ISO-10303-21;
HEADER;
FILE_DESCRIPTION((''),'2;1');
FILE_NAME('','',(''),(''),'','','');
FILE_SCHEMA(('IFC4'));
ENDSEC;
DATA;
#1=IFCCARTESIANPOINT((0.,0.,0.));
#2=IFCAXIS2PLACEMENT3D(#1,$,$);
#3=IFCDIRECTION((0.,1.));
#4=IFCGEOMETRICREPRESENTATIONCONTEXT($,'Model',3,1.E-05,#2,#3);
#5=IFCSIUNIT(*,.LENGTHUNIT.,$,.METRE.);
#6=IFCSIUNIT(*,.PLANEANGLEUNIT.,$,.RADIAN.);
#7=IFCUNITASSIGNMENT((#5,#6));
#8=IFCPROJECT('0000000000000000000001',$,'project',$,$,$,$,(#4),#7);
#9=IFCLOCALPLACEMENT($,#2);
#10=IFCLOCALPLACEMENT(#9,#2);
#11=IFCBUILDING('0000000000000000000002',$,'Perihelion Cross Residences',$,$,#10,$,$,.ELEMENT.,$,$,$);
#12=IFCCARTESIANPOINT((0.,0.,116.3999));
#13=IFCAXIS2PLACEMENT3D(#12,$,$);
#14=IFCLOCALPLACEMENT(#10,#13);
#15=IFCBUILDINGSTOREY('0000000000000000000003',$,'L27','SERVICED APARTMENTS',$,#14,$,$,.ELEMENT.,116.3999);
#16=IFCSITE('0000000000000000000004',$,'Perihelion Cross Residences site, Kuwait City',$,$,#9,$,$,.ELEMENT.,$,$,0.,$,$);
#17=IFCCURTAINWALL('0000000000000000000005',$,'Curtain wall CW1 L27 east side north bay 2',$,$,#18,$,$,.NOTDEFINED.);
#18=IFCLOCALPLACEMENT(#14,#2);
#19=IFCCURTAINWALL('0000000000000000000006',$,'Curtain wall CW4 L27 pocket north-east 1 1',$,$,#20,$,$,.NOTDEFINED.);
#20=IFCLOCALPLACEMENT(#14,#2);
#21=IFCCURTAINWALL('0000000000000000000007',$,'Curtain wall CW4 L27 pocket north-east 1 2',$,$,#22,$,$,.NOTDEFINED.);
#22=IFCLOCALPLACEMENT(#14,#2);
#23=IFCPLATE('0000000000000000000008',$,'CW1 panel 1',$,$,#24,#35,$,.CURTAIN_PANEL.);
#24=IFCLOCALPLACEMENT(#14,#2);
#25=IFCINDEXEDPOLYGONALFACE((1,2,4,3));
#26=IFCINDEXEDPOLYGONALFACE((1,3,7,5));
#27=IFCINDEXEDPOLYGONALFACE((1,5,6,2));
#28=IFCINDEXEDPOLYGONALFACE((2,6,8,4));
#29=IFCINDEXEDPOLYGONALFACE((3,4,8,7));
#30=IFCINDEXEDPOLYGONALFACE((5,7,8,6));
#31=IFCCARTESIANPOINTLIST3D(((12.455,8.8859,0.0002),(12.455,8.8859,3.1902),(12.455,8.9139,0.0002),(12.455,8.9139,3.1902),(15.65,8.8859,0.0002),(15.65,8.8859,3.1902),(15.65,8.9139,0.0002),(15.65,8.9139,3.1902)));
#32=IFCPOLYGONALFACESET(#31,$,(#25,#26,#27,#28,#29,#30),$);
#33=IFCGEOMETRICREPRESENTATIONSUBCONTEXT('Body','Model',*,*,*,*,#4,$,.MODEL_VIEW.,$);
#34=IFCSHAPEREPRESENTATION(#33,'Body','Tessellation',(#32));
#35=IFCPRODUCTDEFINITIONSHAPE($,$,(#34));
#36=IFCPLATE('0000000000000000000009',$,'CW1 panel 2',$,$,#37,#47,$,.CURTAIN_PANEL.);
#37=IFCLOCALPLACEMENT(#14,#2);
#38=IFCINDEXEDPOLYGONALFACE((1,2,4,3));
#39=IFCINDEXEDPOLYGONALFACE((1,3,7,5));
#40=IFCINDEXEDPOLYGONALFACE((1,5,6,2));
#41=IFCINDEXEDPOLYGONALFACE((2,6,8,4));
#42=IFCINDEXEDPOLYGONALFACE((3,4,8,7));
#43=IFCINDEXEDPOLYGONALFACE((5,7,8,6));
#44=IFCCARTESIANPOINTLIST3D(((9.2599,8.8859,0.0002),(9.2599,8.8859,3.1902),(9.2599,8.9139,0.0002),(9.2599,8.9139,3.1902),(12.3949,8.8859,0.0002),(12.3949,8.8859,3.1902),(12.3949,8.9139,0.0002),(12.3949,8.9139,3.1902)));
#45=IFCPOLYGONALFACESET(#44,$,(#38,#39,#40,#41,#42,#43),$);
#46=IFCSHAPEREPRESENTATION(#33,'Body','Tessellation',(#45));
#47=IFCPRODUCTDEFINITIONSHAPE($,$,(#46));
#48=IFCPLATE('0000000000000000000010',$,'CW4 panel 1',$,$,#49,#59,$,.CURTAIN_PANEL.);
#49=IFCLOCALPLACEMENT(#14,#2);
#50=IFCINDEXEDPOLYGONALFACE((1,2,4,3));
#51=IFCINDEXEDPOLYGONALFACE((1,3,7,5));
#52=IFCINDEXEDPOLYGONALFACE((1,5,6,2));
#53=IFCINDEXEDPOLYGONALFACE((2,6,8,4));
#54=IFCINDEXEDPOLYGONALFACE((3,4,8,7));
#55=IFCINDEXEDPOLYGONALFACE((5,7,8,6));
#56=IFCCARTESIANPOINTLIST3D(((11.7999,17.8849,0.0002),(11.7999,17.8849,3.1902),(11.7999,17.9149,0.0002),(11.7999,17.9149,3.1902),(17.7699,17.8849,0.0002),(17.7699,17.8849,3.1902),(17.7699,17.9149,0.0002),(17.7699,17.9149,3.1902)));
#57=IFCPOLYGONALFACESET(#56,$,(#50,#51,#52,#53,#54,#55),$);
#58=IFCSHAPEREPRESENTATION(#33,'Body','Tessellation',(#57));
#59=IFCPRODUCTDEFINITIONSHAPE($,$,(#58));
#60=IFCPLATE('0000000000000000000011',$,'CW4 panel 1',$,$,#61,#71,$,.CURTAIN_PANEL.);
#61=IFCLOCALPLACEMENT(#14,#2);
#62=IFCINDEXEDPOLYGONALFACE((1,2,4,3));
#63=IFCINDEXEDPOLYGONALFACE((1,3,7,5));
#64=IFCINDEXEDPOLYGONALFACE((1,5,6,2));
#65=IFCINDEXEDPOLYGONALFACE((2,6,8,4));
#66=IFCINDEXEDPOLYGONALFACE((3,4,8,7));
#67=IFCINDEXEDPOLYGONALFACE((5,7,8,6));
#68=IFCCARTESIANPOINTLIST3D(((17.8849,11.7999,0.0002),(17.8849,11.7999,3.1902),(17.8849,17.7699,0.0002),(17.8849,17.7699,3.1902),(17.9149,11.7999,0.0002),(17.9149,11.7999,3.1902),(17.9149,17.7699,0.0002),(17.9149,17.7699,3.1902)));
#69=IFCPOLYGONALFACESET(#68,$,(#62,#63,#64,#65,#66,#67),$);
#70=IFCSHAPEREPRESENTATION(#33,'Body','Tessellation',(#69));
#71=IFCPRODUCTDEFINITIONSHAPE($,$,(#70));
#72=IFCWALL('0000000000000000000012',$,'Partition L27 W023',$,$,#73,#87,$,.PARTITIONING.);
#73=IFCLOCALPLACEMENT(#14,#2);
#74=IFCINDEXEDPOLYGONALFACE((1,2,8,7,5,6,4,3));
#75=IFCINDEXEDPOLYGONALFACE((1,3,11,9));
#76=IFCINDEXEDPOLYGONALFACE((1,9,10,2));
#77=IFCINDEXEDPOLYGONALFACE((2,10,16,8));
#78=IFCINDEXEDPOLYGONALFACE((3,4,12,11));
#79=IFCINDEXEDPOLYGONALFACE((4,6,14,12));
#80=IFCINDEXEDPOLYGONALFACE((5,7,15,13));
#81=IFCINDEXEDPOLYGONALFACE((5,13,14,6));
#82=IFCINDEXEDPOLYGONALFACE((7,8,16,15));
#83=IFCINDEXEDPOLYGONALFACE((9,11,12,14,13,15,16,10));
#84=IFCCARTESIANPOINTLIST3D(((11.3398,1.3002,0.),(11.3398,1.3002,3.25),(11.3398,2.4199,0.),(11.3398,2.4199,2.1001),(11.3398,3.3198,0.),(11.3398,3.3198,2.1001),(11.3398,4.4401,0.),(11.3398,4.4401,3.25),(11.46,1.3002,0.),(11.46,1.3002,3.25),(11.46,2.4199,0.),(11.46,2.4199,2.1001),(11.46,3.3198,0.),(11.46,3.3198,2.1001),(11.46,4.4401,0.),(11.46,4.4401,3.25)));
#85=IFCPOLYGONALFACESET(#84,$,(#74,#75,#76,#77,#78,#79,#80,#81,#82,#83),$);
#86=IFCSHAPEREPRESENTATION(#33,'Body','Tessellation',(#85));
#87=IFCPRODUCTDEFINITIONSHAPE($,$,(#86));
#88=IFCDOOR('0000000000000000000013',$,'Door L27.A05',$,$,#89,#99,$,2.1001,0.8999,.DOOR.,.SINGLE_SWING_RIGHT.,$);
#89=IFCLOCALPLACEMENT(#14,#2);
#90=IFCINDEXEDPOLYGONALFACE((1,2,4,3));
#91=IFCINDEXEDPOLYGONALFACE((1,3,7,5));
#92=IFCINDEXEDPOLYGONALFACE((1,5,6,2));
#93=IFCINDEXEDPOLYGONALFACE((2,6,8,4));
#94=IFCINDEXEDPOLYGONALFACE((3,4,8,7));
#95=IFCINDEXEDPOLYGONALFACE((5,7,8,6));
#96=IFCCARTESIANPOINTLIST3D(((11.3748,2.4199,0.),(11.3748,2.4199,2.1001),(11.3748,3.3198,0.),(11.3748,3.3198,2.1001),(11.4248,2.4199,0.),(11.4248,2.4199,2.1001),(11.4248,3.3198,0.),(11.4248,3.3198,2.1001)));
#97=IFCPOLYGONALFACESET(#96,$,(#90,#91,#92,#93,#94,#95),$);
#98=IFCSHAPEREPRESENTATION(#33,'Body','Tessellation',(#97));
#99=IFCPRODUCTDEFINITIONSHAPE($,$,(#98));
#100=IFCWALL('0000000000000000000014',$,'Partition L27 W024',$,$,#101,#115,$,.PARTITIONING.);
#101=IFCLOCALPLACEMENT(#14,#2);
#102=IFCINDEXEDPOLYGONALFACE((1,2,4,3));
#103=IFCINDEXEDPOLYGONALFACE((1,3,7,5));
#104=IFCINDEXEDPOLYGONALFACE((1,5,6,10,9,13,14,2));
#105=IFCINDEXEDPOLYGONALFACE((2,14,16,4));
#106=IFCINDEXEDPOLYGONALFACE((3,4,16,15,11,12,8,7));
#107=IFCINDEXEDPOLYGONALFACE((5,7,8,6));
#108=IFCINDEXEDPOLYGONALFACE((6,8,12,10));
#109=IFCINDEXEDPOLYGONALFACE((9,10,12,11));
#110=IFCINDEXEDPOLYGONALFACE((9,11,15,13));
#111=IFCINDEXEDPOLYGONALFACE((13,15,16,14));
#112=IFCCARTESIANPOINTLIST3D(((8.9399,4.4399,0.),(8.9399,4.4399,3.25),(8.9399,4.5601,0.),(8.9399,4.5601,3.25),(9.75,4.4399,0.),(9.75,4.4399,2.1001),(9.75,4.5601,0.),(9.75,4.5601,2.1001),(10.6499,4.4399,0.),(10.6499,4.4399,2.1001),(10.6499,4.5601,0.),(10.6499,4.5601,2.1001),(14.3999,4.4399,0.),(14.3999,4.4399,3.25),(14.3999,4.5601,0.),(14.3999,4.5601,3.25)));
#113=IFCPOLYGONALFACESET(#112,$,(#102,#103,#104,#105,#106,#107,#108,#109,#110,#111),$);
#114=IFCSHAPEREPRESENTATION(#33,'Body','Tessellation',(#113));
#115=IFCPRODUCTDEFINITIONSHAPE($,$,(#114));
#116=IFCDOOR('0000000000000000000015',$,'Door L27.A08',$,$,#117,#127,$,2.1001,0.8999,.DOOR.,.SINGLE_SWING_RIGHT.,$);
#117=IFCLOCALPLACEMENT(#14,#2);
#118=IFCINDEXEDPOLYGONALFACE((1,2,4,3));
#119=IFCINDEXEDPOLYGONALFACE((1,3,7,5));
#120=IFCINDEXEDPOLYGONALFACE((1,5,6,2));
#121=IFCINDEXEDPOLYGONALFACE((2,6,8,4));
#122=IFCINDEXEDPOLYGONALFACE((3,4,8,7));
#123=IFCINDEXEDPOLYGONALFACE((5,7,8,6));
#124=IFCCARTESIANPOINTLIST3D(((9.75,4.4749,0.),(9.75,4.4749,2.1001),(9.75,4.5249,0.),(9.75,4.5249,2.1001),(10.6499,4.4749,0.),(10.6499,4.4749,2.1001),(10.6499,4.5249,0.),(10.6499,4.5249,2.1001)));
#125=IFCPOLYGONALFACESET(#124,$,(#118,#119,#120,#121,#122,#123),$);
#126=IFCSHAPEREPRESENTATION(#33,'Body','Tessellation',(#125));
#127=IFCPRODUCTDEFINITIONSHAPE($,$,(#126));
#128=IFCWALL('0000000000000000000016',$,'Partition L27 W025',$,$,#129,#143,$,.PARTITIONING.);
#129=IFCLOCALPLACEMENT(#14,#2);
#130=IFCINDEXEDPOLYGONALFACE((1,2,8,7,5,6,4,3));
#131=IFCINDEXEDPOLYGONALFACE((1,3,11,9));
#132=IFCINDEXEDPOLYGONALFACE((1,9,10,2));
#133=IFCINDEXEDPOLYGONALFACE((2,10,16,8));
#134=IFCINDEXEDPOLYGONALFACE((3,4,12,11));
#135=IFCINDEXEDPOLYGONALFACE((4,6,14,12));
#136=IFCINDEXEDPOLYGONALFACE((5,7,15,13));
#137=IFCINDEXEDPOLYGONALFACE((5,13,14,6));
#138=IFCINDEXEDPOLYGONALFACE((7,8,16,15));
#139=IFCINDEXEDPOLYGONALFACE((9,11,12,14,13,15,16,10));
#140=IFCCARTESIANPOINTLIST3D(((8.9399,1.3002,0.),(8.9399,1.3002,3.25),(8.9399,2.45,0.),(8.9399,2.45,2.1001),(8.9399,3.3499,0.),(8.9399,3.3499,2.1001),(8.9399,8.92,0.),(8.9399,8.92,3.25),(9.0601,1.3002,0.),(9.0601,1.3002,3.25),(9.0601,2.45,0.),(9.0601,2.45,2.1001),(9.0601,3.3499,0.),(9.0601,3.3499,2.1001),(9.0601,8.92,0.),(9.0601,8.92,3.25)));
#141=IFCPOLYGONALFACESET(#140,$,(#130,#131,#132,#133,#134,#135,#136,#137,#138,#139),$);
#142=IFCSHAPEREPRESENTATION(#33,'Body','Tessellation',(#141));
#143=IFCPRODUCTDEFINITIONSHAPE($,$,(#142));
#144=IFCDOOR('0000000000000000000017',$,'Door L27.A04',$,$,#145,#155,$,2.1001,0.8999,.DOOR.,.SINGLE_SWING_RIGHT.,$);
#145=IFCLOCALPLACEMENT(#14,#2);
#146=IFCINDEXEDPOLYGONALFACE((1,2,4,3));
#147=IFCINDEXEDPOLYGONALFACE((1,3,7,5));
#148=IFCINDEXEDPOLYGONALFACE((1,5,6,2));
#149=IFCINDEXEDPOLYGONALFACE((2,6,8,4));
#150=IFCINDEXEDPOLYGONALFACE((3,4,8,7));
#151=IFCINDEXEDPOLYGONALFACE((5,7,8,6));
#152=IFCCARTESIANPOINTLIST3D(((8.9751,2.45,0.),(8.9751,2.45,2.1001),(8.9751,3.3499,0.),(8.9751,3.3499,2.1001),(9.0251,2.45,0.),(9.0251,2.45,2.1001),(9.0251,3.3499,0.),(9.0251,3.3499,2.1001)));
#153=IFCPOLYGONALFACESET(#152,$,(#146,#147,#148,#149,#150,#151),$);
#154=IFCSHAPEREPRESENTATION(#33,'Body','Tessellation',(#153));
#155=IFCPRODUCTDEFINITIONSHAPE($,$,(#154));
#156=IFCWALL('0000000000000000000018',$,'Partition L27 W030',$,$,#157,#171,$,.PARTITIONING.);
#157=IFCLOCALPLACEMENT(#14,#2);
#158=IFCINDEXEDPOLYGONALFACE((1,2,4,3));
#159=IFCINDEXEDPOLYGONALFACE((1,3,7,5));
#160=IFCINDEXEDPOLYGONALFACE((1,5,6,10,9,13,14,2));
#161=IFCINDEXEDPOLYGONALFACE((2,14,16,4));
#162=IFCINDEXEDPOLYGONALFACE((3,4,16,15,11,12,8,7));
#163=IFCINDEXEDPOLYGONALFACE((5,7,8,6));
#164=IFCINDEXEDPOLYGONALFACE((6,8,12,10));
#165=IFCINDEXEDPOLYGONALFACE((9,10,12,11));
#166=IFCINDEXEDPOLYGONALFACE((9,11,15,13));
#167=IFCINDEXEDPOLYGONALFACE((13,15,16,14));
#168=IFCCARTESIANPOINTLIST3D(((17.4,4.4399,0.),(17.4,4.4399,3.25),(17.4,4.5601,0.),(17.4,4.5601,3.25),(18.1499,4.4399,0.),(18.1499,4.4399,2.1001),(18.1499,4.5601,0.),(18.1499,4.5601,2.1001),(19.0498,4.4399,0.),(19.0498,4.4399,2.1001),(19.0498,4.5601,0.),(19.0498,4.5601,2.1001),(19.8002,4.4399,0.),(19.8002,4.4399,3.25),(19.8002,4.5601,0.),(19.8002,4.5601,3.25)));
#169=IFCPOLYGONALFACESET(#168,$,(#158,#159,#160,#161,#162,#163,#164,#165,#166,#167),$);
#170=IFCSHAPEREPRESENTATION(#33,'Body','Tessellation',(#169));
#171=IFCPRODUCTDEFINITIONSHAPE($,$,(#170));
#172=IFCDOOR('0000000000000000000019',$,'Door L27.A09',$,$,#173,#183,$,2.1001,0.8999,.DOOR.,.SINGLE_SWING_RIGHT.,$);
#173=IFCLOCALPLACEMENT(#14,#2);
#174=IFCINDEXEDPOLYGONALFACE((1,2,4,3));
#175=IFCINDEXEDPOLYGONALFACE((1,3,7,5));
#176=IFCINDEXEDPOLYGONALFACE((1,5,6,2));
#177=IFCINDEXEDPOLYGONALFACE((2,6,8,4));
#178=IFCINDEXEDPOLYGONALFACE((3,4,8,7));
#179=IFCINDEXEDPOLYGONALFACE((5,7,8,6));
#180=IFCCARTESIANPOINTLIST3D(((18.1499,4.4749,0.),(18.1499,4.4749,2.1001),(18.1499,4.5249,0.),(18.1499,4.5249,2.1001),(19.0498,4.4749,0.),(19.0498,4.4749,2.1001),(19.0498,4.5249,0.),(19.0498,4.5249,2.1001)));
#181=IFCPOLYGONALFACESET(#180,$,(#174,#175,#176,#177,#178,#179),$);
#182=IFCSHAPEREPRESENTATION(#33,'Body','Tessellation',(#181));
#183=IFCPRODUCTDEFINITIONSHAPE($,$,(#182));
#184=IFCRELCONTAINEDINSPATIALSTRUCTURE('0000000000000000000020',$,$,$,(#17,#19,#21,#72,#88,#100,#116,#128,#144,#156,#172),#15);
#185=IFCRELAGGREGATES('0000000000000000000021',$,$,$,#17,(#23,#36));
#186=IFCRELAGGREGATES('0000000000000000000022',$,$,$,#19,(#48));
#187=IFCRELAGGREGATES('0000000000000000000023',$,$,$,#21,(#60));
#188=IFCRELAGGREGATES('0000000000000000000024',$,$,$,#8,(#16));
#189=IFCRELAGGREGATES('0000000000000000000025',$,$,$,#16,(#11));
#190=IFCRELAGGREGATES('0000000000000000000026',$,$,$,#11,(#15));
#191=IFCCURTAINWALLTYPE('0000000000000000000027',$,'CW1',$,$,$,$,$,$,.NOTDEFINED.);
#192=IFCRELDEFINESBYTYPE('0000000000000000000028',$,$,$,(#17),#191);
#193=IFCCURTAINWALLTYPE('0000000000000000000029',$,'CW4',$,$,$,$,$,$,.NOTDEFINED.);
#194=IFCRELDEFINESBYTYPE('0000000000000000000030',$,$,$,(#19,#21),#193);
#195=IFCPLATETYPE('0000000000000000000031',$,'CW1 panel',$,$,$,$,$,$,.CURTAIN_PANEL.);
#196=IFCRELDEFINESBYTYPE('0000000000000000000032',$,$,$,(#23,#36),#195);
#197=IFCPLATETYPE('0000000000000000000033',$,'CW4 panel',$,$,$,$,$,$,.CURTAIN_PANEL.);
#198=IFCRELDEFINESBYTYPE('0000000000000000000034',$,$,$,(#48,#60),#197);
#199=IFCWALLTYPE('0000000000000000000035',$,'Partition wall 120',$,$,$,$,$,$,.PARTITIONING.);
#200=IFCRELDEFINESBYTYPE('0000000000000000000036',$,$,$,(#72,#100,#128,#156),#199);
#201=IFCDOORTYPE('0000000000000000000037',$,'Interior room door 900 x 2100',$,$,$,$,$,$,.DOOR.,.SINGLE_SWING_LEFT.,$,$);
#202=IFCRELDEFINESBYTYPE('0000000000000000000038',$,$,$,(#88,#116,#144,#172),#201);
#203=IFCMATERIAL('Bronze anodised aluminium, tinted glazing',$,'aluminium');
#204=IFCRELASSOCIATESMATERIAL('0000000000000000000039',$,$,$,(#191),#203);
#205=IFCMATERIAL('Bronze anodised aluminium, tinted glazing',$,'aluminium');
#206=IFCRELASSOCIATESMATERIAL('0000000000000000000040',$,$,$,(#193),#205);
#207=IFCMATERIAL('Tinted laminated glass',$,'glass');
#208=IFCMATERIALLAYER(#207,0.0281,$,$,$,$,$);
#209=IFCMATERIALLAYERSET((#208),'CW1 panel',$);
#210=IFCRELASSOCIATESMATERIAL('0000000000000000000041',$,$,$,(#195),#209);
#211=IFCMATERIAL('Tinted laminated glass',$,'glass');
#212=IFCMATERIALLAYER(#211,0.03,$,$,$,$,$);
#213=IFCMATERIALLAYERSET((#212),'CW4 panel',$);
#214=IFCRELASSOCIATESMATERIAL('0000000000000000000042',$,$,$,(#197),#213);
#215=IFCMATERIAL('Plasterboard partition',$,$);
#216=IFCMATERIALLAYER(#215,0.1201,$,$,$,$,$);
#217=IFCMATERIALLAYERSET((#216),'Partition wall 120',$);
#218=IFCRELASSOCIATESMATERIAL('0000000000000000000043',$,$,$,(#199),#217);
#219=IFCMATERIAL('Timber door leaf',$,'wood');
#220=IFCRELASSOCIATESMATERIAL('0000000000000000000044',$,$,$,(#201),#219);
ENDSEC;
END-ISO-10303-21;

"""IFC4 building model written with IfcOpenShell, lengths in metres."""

from ifc_helpers import new_model, si_unit, direction, frame, frame_2d, origin, origin_2d, place, context, subcontext, project, spatial, rectangle, extrude, material, layer, layer_set, type_object, element, fill, aggregate, save


model = new_model("IFC4")

# Units and contexts
model_context = context("Model", 3, precision=1e-05, world=origin(), true_north=direction((0.0, 1.0)))
body_context = subcontext(model_context, "Body", "Model", "MODEL_VIEW")
ifc_project = project(units=[si_unit("LENGTHUNIT", "METRE"), si_unit("PLANEANGLEUNIT", "RADIAN")], contexts=[model_context])

# Site, building, storey
site_placement = place(None, origin())
site = spatial("IfcSite", under=ifc_project, at=site_placement, Name="Perihelion Cross Residences site, Kuwait City", CompositionType="ELEMENT", RefElevation=0.0)
building_placement = place(site_placement, origin())
building = spatial("IfcBuilding", under=site, at=building_placement, Name="Perihelion Cross Residences", CompositionType="ELEMENT")
storey_placement = place(building_placement, frame((0.0, 0.0, 116.3999)))
storey = spatial("IfcBuildingStorey", under=building, at=storey_placement, Name="L27", Description="SERVICED APARTMENTS", CompositionType="ELEMENT", Elevation=116.3999)

# Curtain walls
ifc_material_1 = material(Name="Bronze anodised aluminium, tinted glazing", Category="aluminium")
curtain_wall_type_1 = type_object("IfcCurtainWallType", Name="CW1", PredefinedType="NOTDEFINED", material=ifc_material_1)
curtain_wall_1_placement = place(storey_placement, origin())
curtain_wall_1 = element("IfcCurtainWall", 1, at=curtain_wall_1_placement, inside=storey, type_object=curtain_wall_type_1, Name="Curtain wall CW1 L27 east side north bay 2", PredefinedType="NOTDEFINED")
ifc_material_2 = material(Name="Bronze anodised aluminium, tinted glazing", Category="aluminium")
curtain_wall_type_2 = type_object("IfcCurtainWallType", Name="CW4", PredefinedType="NOTDEFINED", material=ifc_material_2)
curtain_wall_2_placement = place(storey_placement, origin())
curtain_wall_2 = element("IfcCurtainWall", 2, at=curtain_wall_2_placement, inside=storey, type_object=curtain_wall_type_2, Name="Curtain wall CW4 L27 pocket north-east 1 1", PredefinedType="NOTDEFINED")
curtain_wall_3_placement = place(storey_placement, origin())
curtain_wall_3 = element("IfcCurtainWall", 3, at=curtain_wall_3_placement, inside=storey, type_object=curtain_wall_type_2, Name="Curtain wall CW4 L27 pocket north-east 1 2", PredefinedType="NOTDEFINED")

# Plates
ifc_material_3 = material(Name="Tinted laminated glass", Category="glass")
ifc_layer_1 = layer(ifc_material_3, 0.0281)
ifc_layer_set_1 = layer_set([ifc_layer_1], Name="CW1 panel")
plate_type_1 = type_object("IfcPlateType", Name="CW1 panel", PredefinedType="CURTAIN_PANEL", material=ifc_layer_set_1)
plate_1_placement = place(storey_placement, frame((14.0525, 8.8999, 0.0002), z_axis=(0.0, 0.0, 1.0), x_axis=(-1.0, 0.0, 0.0)))
plate_1 = element("IfcPlate", 4, at=plate_1_placement, type_object=plate_type_1, Name="CW1 panel 1", PredefinedType="CURTAIN_PANEL", context=body_context, shape_type="SweptSolid", body=[
    extrude(rectangle(XDim=3.1951, YDim=0.0281, at=origin_2d()), origin(), (0.0, 0.0, 1.0), 3.1899),
])
plate_2_placement = place(storey_placement, frame((10.8274, 8.8999, 0.0002), z_axis=(0.0, 0.0, 1.0), x_axis=(-1.0, 0.0, 0.0)))
plate_2 = element("IfcPlate", 5, at=plate_2_placement, type_object=plate_type_1, Name="CW1 panel 2", PredefinedType="CURTAIN_PANEL", context=body_context, shape_type="SweptSolid", body=[
    extrude(rectangle(XDim=3.135, YDim=0.0281, at=origin_2d()), origin(), (0.0, 0.0, 1.0), 3.1899),
])
aggregate(curtain_wall_1, [plate_1, plate_2])
ifc_material_4 = material(Name="Tinted laminated glass", Category="glass")
ifc_layer_2 = layer(ifc_material_4, 0.03)
ifc_layer_set_2 = layer_set([ifc_layer_2], Name="CW4 panel")
plate_type_2 = type_object("IfcPlateType", Name="CW4 panel", PredefinedType="CURTAIN_PANEL", material=ifc_layer_set_2)
plate_3_placement = place(storey_placement, frame((14.7849, 17.8999, 0.0002), z_axis=(0.0, 0.0, 1.0), x_axis=(1.0, 0.0, 0.0)))
plate_3 = element("IfcPlate", 6, at=plate_3_placement, type_object=plate_type_2, Name="CW4 panel 1", PredefinedType="CURTAIN_PANEL", context=body_context, shape_type="SweptSolid", body=[
    extrude(rectangle(XDim=5.97, YDim=0.03, at=origin_2d()), origin(), (0.0, 0.0, 1.0), 3.1899),
])
aggregate(curtain_wall_2, [plate_3])
plate_4_placement = place(storey_placement, frame((17.8999, 14.7849, 0.0002), z_axis=(0.0, 0.0, 1.0), x_axis=(0.0, -1.0, 0.0)))
plate_4 = element("IfcPlate", 7, at=plate_4_placement, type_object=plate_type_2, Name="CW4 panel 1", PredefinedType="CURTAIN_PANEL", context=body_context, shape_type="SweptSolid", body=[
    extrude(rectangle(XDim=5.97, YDim=0.03, at=origin_2d()), origin(), (0.0, 0.0, 1.0), 3.1899),
])
aggregate(curtain_wall_3, [plate_4])

# Walls, openings, doors
ifc_material_5 = material(Name="Plasterboard partition")
ifc_layer_3 = layer(ifc_material_5, 0.1201)
ifc_layer_set_3 = layer_set([ifc_layer_3], Name="Partition wall 120")
wall_type_1 = type_object("IfcWallType", Name="Partition wall 120", PredefinedType="PARTITIONING", material=ifc_layer_set_3)
wall_1_placement = place(storey_placement, frame((11.3999, 4.4399, 0.0), z_axis=(0.0, 0.0, 1.0), x_axis=(0.0, -1.0, 0.0)))
wall_1 = element("IfcWall", 8, at=wall_1_placement, inside=storey, type_object=wall_type_1, Name="Partition L27 W023", PredefinedType="PARTITIONING", context=body_context, shape_type="SweptSolid", body=[
    extrude(rectangle(XDim=3.1399, YDim=0.1201, at=frame_2d((1.5698, 0.0))), origin(), (0.0, 0.0, 1.0), 3.25),
])
opening_1_placement = place(wall_1_placement, frame((1.1201, 0.0, 0.0)))
opening_1 = element("IfcOpeningElement", 9, at=opening_1_placement, cuts=wall_1, PredefinedType="OPENING", context=body_context, shape_type="SweptSolid", body=[
    extrude(rectangle(XDim=0.8999, YDim=2.1001, at=frame_2d((0.45, 1.05))), frame((0.0, 0.0701, 0.0), z_axis=(0.0, -1.0, 0.0), x_axis=(1.0, 0.0, 0.0)), (0.0, 0.0, 1.0), 0.1401),
])
ifc_material_6 = material(Name="Timber door leaf", Category="wood")
door_type_1 = type_object("IfcDoorType", Name="Interior room door 900 x 2100", OperationType="SINGLE_SWING_LEFT", PredefinedType="DOOR", material=ifc_material_6)
door_1_placement = place(opening_1_placement, origin())
door_1 = element("IfcDoor", 10, at=door_1_placement, inside=storey, type_object=door_type_1, Name="Door L27.A05", OperationType="SINGLE_SWING_RIGHT", OverallHeight=2.1001, OverallWidth=0.8999, PredefinedType="DOOR", context=body_context, shape_type="SweptSolid", body=[
    extrude(rectangle(XDim=0.8999, YDim=2.1001, at=frame_2d((0.45, 1.05))), frame((0.0, 0.0249, 0.0), z_axis=(0.0, -1.0, 0.0), x_axis=(1.0, 0.0, 0.0)), (0.0, 0.0, 1.0), 0.05),
])
fill(opening_1, door_1)
wall_2_placement = place(storey_placement, frame((8.9399, 4.5, 0.0), z_axis=(0.0, 0.0, 1.0), x_axis=(1.0, 0.0, 0.0)))
wall_2 = element("IfcWall", 11, at=wall_2_placement, inside=storey, type_object=wall_type_1, Name="Partition L27 W024", PredefinedType="PARTITIONING", context=body_context, shape_type="SweptSolid", body=[
    extrude(rectangle(XDim=5.46, YDim=0.1201, at=frame_2d((2.73, 0.0))), origin(), (0.0, 0.0, 1.0), 3.25),
])
opening_2_placement = place(wall_2_placement, frame((0.8101, 0.0, 0.0)))
opening_2 = element("IfcOpeningElement", 12, at=opening_2_placement, cuts=wall_2, PredefinedType="OPENING", context=body_context, shape_type="SweptSolid", body=[
    extrude(rectangle(XDim=0.8999, YDim=2.1001, at=frame_2d((0.45, 1.05))), frame((0.0, 0.0701, 0.0), z_axis=(0.0, -1.0, 0.0), x_axis=(1.0, 0.0, 0.0)), (0.0, 0.0, 1.0), 0.1401),
])
door_2_placement = place(opening_2_placement, origin())
door_2 = element("IfcDoor", 13, at=door_2_placement, inside=storey, type_object=door_type_1, Name="Door L27.A08", OperationType="SINGLE_SWING_RIGHT", OverallHeight=2.1001, OverallWidth=0.8999, PredefinedType="DOOR", context=body_context, shape_type="SweptSolid", body=[
    extrude(rectangle(XDim=0.8999, YDim=2.1001, at=frame_2d((0.45, 1.05))), frame((0.0, 0.0249, 0.0), z_axis=(0.0, -1.0, 0.0), x_axis=(1.0, 0.0, 0.0)), (0.0, 0.0, 1.0), 0.05),
])
fill(opening_2, door_2)
wall_3_placement = place(storey_placement, frame((9.0, 1.3, 0.0), z_axis=(0.0, 0.0, 1.0), x_axis=(0.0, 1.0, 0.0)))
wall_3 = element("IfcWall", 14, at=wall_3_placement, inside=storey, type_object=wall_type_1, Name="Partition L27 W025", PredefinedType="PARTITIONING", context=body_context, shape_type="SweptSolid", body=[
    extrude(rectangle(XDim=7.6199, YDim=0.1201, at=frame_2d((3.8101, 0.0))), origin(), (0.0, 0.0, 1.0), 3.25),
])
opening_3_placement = place(wall_3_placement, frame((1.1499, 0.0, 0.0)))
opening_3 = element("IfcOpeningElement", 15, at=opening_3_placement, cuts=wall_3, PredefinedType="OPENING", context=body_context, shape_type="SweptSolid", body=[
    extrude(rectangle(XDim=0.8999, YDim=2.1001, at=frame_2d((0.45, 1.05))), frame((0.0, 0.0701, 0.0), z_axis=(0.0, -1.0, 0.0), x_axis=(1.0, 0.0, 0.0)), (0.0, 0.0, 1.0), 0.1401),
])
door_3_placement = place(opening_3_placement, origin())
door_3 = element("IfcDoor", 16, at=door_3_placement, inside=storey, type_object=door_type_1, Name="Door L27.A04", OperationType="SINGLE_SWING_RIGHT", OverallHeight=2.1001, OverallWidth=0.8999, PredefinedType="DOOR", context=body_context, shape_type="SweptSolid", body=[
    extrude(rectangle(XDim=0.8999, YDim=2.1001, at=frame_2d((0.45, 1.05))), frame((0.0, 0.0249, 0.0), z_axis=(0.0, -1.0, 0.0), x_axis=(1.0, 0.0, 0.0)), (0.0, 0.0, 1.0), 0.05),
])
fill(opening_3, door_3)
wall_4_placement = place(storey_placement, frame((17.3999, 4.5, 0.0), z_axis=(0.0, 0.0, 1.0), x_axis=(1.0, 0.0, 0.0)))
wall_4 = element("IfcWall", 17, at=wall_4_placement, inside=storey, type_object=wall_type_1, Name="Partition L27 W030", PredefinedType="PARTITIONING", context=body_context, shape_type="SweptSolid", body=[
    extrude(rectangle(XDim=2.4001, YDim=0.1201, at=frame_2d((1.2002, 0.0))), origin(), (0.0, 0.0, 1.0), 3.25),
])
opening_4_placement = place(wall_4_placement, frame((0.75, 0.0, 0.0)))
opening_4 = element("IfcOpeningElement", 18, at=opening_4_placement, cuts=wall_4, PredefinedType="OPENING", context=body_context, shape_type="SweptSolid", body=[
    extrude(rectangle(XDim=0.8999, YDim=2.1001, at=frame_2d((0.45, 1.05))), frame((0.0, 0.0701, 0.0), z_axis=(0.0, -1.0, 0.0), x_axis=(1.0, 0.0, 0.0)), (0.0, 0.0, 1.0), 0.1401),
])
door_4_placement = place(opening_4_placement, origin())
door_4 = element("IfcDoor", 19, at=door_4_placement, inside=storey, type_object=door_type_1, Name="Door L27.A09", OperationType="SINGLE_SWING_RIGHT", OverallHeight=2.1001, OverallWidth=0.8999, PredefinedType="DOOR", context=body_context, shape_type="SweptSolid", body=[
    extrude(rectangle(XDim=0.8999, YDim=2.1001, at=frame_2d((0.45, 1.05))), frame((0.0, 0.0249, 0.0), z_axis=(0.0, -1.0, 0.0), x_axis=(1.0, 0.0, 0.0)), (0.0, 0.0, 1.0), 0.05),
])
fill(opening_4, door_4)

save(model, "model.ifc")
